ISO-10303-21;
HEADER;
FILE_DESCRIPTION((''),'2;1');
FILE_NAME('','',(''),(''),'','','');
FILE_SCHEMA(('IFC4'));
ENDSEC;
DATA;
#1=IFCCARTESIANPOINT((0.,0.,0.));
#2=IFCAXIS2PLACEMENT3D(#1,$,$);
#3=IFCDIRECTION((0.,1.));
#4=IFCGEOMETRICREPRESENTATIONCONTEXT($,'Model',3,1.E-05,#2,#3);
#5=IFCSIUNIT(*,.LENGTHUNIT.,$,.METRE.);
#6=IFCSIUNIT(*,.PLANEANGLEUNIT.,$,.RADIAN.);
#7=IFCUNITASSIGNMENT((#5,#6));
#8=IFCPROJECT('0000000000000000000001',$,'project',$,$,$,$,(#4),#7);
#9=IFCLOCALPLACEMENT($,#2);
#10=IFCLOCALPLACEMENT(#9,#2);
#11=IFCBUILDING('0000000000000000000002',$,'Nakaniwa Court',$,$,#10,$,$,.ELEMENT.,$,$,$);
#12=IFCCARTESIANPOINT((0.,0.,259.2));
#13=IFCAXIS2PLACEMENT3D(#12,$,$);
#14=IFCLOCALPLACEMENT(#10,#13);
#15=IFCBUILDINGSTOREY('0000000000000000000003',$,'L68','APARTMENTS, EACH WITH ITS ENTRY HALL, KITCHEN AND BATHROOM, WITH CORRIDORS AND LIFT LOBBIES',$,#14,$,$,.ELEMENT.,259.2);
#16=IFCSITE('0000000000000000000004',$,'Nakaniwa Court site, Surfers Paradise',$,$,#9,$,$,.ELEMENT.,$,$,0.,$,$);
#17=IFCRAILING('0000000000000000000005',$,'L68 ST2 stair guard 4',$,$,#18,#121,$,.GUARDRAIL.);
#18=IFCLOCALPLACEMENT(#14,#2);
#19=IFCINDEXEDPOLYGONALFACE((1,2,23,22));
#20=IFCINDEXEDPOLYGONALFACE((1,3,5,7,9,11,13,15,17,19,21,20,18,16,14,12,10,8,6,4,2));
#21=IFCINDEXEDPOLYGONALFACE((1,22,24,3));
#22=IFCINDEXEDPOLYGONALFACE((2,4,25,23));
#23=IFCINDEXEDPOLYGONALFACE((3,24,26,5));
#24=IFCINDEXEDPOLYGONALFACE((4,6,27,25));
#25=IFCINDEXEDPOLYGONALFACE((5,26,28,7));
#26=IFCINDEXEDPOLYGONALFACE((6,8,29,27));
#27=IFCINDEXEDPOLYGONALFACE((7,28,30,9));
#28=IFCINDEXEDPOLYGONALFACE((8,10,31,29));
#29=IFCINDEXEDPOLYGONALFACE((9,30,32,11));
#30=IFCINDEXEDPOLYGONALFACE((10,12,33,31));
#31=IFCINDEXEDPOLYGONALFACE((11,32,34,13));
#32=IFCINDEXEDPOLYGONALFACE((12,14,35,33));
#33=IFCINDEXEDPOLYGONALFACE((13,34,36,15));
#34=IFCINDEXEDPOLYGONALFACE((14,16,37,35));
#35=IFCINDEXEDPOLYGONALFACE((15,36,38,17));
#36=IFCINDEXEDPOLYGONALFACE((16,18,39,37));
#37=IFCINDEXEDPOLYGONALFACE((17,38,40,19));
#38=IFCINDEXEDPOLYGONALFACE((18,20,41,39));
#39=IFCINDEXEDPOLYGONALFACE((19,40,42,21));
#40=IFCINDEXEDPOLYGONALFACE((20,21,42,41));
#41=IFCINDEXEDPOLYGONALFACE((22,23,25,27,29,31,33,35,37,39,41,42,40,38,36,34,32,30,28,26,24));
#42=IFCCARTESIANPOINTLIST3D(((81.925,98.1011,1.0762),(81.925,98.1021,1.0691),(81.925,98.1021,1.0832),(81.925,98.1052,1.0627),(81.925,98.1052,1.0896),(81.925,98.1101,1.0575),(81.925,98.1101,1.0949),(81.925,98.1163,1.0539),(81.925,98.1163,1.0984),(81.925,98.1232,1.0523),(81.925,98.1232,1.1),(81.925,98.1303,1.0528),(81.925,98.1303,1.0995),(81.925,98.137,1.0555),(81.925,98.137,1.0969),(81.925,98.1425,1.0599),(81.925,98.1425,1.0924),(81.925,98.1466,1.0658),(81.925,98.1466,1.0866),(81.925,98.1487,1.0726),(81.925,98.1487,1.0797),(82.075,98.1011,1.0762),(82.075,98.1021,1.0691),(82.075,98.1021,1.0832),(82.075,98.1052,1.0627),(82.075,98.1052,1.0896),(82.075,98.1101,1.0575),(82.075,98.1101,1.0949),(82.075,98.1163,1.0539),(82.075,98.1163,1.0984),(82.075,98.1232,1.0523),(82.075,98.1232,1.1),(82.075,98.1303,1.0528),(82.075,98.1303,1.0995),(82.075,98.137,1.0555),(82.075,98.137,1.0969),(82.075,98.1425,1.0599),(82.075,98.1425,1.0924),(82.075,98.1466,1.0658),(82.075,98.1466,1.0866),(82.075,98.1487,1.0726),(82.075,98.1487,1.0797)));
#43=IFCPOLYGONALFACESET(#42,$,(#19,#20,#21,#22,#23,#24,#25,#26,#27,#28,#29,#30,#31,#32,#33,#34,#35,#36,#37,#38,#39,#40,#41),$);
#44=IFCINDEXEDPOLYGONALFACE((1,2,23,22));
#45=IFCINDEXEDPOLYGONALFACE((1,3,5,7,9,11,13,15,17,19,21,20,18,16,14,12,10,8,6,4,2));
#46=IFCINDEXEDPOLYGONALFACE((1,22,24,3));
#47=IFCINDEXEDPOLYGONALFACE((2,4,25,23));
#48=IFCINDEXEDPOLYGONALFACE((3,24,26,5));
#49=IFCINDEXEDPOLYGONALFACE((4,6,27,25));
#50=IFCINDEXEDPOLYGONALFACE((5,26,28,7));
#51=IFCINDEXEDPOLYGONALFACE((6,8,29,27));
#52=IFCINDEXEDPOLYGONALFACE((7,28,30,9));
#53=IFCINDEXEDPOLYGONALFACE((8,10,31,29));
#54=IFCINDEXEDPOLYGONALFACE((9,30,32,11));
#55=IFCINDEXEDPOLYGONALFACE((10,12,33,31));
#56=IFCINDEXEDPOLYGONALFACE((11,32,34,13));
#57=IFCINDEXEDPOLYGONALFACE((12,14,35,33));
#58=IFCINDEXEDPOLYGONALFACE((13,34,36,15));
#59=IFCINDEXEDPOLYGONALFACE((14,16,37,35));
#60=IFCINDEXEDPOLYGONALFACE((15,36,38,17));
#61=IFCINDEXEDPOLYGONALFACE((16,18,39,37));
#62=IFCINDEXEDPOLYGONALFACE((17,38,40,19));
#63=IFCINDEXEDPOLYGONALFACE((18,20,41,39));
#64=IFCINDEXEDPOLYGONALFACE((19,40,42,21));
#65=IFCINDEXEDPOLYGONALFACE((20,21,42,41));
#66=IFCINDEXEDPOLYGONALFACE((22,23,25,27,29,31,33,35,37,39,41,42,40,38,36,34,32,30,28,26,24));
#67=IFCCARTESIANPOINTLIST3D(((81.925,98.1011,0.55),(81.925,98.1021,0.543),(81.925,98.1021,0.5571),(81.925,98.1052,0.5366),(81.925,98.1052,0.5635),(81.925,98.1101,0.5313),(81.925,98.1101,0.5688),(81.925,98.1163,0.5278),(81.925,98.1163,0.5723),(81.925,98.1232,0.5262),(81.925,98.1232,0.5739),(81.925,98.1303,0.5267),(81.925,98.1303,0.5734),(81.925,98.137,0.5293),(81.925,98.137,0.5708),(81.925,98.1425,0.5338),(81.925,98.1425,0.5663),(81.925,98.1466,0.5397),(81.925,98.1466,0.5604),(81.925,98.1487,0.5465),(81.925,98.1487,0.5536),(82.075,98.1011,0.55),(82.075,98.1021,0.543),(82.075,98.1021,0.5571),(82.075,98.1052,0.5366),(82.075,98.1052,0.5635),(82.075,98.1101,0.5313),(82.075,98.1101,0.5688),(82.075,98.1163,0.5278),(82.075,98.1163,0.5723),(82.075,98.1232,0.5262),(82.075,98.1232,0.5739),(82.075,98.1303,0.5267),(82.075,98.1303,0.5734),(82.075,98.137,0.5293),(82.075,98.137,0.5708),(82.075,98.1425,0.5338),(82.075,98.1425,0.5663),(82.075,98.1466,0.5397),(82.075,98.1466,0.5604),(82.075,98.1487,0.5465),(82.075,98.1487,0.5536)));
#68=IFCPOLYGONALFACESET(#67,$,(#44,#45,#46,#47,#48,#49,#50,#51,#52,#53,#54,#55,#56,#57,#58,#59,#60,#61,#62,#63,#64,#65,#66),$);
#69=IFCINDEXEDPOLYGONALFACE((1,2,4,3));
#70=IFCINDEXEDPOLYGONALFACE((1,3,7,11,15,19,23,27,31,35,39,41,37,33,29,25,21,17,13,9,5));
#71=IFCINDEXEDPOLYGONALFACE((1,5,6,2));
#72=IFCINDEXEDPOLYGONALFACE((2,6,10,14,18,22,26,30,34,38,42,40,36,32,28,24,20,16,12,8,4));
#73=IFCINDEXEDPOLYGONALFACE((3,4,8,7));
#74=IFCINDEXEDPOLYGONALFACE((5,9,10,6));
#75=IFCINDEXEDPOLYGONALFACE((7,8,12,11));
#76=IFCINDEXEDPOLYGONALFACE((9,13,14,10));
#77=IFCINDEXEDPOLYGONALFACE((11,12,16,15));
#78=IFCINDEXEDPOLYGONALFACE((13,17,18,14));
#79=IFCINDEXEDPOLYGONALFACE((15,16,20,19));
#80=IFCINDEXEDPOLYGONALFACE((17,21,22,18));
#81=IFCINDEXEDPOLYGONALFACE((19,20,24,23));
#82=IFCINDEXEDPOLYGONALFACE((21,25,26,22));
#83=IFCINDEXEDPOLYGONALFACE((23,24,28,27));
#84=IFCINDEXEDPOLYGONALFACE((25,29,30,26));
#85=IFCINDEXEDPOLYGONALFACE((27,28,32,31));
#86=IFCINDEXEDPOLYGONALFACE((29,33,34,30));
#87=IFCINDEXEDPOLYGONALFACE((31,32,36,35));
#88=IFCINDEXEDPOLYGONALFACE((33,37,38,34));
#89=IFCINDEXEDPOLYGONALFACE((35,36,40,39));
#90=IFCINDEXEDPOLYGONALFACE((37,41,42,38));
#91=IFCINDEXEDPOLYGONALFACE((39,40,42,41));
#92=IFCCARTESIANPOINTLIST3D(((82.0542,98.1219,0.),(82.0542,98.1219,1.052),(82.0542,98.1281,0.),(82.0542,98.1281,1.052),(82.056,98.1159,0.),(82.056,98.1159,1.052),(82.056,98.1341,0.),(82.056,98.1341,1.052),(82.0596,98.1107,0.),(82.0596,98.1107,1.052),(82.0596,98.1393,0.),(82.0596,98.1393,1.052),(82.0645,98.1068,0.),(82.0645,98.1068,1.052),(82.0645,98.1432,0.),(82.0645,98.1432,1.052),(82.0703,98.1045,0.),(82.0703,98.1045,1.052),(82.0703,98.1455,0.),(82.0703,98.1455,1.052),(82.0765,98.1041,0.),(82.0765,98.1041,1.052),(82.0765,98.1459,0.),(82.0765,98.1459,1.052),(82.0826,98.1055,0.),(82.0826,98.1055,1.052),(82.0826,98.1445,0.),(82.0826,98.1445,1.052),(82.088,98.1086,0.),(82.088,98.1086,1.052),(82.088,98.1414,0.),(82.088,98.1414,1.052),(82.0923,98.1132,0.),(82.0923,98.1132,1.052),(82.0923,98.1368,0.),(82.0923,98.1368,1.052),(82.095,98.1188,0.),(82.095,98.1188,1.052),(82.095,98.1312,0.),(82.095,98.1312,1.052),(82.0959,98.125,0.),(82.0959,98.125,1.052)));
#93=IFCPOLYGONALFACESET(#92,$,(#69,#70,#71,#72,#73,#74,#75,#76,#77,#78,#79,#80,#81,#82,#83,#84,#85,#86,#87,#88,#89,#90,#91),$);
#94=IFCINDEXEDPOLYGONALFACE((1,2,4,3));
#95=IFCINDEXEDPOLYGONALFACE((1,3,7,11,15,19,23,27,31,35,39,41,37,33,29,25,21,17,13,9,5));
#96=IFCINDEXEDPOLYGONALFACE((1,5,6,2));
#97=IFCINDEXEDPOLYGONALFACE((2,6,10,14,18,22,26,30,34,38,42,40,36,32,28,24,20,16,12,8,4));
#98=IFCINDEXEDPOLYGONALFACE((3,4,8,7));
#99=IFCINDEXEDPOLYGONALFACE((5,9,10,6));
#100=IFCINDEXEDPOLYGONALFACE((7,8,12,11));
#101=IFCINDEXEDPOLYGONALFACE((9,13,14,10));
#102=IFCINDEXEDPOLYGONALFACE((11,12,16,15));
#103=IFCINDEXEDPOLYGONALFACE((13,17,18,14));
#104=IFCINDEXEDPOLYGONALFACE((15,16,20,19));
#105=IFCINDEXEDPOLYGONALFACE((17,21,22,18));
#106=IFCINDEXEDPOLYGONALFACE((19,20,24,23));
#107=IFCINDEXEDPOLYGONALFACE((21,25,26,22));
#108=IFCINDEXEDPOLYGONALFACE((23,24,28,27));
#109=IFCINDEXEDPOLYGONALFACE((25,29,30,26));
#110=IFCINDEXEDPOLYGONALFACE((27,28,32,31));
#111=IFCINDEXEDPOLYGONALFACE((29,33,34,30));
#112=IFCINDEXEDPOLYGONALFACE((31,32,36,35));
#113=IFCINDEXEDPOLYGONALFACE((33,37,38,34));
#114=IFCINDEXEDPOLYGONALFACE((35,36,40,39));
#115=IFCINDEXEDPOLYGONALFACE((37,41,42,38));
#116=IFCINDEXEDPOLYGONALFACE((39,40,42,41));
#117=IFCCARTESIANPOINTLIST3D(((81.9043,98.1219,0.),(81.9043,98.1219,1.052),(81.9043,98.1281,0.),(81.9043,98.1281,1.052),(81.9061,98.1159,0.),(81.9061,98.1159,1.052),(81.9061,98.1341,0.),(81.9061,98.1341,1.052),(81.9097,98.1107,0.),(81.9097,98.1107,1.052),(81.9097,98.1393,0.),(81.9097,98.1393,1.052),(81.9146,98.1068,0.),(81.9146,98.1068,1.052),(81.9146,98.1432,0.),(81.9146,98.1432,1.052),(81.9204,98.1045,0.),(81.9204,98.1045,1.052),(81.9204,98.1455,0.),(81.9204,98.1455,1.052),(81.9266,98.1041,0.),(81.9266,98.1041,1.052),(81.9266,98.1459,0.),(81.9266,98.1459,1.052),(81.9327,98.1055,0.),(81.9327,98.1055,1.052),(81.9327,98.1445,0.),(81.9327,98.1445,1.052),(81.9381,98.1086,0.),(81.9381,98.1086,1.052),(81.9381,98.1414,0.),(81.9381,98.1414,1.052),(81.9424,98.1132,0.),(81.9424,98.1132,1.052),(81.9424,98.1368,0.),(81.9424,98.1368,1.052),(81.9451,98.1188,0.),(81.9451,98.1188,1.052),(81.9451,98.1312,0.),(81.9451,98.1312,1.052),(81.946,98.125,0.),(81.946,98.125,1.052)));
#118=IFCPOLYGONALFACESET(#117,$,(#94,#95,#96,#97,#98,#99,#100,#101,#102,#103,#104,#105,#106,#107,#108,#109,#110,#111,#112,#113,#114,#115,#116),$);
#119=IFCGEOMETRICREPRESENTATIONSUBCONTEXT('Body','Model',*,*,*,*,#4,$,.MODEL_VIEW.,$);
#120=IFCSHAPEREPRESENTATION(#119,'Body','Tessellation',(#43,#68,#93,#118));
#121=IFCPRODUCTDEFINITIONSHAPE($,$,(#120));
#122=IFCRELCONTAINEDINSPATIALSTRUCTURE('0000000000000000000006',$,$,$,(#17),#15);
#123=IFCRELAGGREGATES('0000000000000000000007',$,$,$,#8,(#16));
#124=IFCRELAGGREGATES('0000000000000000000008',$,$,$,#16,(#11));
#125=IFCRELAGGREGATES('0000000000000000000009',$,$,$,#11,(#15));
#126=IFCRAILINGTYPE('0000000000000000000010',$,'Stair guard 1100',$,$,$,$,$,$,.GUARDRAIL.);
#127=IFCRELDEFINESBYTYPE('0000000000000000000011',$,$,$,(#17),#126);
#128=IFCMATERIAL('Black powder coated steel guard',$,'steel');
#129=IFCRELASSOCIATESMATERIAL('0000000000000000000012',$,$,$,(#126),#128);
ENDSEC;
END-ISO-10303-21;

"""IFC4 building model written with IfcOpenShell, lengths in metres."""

from ifc_helpers import new_model, si_unit, direction, frame, origin, origin_2d, place, context, subcontext, project, spatial, circle, extrude, material, type_object, element, save


model = new_model("IFC4")

# Units and contexts
model_context = context("Model", 3, precision=1e-05, world=origin(), true_north=direction((0.0, 1.0)))
body_context = subcontext(model_context, "Body", "Model", "MODEL_VIEW")
ifc_project = project(units=[si_unit("LENGTHUNIT", "METRE"), si_unit("PLANEANGLEUNIT", "RADIAN")], contexts=[model_context])

# Site, building, storey
site_placement = place(None, origin())
site = spatial("IfcSite", under=ifc_project, at=site_placement, Name="Nakaniwa Court site, Surfers Paradise", CompositionType="ELEMENT", RefElevation=0.0)
building_placement = place(site_placement, origin())
building = spatial("IfcBuilding", under=site, at=building_placement, Name="Nakaniwa Court", CompositionType="ELEMENT")
storey_placement = place(building_placement, frame((0.0, 0.0, 259.2)))
storey = spatial("IfcBuildingStorey", under=building, at=storey_placement, Name="L68", Description="APARTMENTS, EACH WITH ITS ENTRY HALL, KITCHEN AND BATHROOM, WITH CORRIDORS AND LIFT LOBBIES", CompositionType="ELEMENT", Elevation=259.2)

# Railing
ifc_material_1 = material(Name="Black powder coated steel guard", Category="steel")
railing_type_1 = type_object("IfcRailingType", Name="Stair guard 1100", PredefinedType="GUARDRAIL", material=ifc_material_1)
railing_1_placement = place(storey_placement, frame((82.075, 98.125, 0.0)))
element("IfcRailing", 1, at=railing_1_placement, inside=storey, type_object=railing_type_1, Name="L68 ST2 stair guard 4", PredefinedType="GUARDRAIL", context=body_context, shape_type="SweptSolid", body=[
    extrude(circle(Radius=0.0239, at=origin_2d()), frame((0.0, 0.0, 1.0762), z_axis=(-1.0, 0.0, 0.0), x_axis=(0.0, -1.0, 0.0)), (0.0, 0.0, 1.0), 0.1499),
    extrude(circle(Radius=0.0239, at=origin_2d()), frame((0.0, 0.0, 0.55), z_axis=(-1.0, 0.0, 0.0), x_axis=(0.0, -1.0, 0.0)), (0.0, 0.0, 1.0), 0.1499),
    extrude(circle(Radius=0.021, at=origin_2d()), origin(), (0.0, 0.0, 1.0), 1.052),
    extrude(circle(Radius=0.021, at=origin_2d()), frame((-0.1499, 0.0, 0.0)), (0.0, 0.0, 1.0), 1.052),
])

save(model, "model.ifc")
